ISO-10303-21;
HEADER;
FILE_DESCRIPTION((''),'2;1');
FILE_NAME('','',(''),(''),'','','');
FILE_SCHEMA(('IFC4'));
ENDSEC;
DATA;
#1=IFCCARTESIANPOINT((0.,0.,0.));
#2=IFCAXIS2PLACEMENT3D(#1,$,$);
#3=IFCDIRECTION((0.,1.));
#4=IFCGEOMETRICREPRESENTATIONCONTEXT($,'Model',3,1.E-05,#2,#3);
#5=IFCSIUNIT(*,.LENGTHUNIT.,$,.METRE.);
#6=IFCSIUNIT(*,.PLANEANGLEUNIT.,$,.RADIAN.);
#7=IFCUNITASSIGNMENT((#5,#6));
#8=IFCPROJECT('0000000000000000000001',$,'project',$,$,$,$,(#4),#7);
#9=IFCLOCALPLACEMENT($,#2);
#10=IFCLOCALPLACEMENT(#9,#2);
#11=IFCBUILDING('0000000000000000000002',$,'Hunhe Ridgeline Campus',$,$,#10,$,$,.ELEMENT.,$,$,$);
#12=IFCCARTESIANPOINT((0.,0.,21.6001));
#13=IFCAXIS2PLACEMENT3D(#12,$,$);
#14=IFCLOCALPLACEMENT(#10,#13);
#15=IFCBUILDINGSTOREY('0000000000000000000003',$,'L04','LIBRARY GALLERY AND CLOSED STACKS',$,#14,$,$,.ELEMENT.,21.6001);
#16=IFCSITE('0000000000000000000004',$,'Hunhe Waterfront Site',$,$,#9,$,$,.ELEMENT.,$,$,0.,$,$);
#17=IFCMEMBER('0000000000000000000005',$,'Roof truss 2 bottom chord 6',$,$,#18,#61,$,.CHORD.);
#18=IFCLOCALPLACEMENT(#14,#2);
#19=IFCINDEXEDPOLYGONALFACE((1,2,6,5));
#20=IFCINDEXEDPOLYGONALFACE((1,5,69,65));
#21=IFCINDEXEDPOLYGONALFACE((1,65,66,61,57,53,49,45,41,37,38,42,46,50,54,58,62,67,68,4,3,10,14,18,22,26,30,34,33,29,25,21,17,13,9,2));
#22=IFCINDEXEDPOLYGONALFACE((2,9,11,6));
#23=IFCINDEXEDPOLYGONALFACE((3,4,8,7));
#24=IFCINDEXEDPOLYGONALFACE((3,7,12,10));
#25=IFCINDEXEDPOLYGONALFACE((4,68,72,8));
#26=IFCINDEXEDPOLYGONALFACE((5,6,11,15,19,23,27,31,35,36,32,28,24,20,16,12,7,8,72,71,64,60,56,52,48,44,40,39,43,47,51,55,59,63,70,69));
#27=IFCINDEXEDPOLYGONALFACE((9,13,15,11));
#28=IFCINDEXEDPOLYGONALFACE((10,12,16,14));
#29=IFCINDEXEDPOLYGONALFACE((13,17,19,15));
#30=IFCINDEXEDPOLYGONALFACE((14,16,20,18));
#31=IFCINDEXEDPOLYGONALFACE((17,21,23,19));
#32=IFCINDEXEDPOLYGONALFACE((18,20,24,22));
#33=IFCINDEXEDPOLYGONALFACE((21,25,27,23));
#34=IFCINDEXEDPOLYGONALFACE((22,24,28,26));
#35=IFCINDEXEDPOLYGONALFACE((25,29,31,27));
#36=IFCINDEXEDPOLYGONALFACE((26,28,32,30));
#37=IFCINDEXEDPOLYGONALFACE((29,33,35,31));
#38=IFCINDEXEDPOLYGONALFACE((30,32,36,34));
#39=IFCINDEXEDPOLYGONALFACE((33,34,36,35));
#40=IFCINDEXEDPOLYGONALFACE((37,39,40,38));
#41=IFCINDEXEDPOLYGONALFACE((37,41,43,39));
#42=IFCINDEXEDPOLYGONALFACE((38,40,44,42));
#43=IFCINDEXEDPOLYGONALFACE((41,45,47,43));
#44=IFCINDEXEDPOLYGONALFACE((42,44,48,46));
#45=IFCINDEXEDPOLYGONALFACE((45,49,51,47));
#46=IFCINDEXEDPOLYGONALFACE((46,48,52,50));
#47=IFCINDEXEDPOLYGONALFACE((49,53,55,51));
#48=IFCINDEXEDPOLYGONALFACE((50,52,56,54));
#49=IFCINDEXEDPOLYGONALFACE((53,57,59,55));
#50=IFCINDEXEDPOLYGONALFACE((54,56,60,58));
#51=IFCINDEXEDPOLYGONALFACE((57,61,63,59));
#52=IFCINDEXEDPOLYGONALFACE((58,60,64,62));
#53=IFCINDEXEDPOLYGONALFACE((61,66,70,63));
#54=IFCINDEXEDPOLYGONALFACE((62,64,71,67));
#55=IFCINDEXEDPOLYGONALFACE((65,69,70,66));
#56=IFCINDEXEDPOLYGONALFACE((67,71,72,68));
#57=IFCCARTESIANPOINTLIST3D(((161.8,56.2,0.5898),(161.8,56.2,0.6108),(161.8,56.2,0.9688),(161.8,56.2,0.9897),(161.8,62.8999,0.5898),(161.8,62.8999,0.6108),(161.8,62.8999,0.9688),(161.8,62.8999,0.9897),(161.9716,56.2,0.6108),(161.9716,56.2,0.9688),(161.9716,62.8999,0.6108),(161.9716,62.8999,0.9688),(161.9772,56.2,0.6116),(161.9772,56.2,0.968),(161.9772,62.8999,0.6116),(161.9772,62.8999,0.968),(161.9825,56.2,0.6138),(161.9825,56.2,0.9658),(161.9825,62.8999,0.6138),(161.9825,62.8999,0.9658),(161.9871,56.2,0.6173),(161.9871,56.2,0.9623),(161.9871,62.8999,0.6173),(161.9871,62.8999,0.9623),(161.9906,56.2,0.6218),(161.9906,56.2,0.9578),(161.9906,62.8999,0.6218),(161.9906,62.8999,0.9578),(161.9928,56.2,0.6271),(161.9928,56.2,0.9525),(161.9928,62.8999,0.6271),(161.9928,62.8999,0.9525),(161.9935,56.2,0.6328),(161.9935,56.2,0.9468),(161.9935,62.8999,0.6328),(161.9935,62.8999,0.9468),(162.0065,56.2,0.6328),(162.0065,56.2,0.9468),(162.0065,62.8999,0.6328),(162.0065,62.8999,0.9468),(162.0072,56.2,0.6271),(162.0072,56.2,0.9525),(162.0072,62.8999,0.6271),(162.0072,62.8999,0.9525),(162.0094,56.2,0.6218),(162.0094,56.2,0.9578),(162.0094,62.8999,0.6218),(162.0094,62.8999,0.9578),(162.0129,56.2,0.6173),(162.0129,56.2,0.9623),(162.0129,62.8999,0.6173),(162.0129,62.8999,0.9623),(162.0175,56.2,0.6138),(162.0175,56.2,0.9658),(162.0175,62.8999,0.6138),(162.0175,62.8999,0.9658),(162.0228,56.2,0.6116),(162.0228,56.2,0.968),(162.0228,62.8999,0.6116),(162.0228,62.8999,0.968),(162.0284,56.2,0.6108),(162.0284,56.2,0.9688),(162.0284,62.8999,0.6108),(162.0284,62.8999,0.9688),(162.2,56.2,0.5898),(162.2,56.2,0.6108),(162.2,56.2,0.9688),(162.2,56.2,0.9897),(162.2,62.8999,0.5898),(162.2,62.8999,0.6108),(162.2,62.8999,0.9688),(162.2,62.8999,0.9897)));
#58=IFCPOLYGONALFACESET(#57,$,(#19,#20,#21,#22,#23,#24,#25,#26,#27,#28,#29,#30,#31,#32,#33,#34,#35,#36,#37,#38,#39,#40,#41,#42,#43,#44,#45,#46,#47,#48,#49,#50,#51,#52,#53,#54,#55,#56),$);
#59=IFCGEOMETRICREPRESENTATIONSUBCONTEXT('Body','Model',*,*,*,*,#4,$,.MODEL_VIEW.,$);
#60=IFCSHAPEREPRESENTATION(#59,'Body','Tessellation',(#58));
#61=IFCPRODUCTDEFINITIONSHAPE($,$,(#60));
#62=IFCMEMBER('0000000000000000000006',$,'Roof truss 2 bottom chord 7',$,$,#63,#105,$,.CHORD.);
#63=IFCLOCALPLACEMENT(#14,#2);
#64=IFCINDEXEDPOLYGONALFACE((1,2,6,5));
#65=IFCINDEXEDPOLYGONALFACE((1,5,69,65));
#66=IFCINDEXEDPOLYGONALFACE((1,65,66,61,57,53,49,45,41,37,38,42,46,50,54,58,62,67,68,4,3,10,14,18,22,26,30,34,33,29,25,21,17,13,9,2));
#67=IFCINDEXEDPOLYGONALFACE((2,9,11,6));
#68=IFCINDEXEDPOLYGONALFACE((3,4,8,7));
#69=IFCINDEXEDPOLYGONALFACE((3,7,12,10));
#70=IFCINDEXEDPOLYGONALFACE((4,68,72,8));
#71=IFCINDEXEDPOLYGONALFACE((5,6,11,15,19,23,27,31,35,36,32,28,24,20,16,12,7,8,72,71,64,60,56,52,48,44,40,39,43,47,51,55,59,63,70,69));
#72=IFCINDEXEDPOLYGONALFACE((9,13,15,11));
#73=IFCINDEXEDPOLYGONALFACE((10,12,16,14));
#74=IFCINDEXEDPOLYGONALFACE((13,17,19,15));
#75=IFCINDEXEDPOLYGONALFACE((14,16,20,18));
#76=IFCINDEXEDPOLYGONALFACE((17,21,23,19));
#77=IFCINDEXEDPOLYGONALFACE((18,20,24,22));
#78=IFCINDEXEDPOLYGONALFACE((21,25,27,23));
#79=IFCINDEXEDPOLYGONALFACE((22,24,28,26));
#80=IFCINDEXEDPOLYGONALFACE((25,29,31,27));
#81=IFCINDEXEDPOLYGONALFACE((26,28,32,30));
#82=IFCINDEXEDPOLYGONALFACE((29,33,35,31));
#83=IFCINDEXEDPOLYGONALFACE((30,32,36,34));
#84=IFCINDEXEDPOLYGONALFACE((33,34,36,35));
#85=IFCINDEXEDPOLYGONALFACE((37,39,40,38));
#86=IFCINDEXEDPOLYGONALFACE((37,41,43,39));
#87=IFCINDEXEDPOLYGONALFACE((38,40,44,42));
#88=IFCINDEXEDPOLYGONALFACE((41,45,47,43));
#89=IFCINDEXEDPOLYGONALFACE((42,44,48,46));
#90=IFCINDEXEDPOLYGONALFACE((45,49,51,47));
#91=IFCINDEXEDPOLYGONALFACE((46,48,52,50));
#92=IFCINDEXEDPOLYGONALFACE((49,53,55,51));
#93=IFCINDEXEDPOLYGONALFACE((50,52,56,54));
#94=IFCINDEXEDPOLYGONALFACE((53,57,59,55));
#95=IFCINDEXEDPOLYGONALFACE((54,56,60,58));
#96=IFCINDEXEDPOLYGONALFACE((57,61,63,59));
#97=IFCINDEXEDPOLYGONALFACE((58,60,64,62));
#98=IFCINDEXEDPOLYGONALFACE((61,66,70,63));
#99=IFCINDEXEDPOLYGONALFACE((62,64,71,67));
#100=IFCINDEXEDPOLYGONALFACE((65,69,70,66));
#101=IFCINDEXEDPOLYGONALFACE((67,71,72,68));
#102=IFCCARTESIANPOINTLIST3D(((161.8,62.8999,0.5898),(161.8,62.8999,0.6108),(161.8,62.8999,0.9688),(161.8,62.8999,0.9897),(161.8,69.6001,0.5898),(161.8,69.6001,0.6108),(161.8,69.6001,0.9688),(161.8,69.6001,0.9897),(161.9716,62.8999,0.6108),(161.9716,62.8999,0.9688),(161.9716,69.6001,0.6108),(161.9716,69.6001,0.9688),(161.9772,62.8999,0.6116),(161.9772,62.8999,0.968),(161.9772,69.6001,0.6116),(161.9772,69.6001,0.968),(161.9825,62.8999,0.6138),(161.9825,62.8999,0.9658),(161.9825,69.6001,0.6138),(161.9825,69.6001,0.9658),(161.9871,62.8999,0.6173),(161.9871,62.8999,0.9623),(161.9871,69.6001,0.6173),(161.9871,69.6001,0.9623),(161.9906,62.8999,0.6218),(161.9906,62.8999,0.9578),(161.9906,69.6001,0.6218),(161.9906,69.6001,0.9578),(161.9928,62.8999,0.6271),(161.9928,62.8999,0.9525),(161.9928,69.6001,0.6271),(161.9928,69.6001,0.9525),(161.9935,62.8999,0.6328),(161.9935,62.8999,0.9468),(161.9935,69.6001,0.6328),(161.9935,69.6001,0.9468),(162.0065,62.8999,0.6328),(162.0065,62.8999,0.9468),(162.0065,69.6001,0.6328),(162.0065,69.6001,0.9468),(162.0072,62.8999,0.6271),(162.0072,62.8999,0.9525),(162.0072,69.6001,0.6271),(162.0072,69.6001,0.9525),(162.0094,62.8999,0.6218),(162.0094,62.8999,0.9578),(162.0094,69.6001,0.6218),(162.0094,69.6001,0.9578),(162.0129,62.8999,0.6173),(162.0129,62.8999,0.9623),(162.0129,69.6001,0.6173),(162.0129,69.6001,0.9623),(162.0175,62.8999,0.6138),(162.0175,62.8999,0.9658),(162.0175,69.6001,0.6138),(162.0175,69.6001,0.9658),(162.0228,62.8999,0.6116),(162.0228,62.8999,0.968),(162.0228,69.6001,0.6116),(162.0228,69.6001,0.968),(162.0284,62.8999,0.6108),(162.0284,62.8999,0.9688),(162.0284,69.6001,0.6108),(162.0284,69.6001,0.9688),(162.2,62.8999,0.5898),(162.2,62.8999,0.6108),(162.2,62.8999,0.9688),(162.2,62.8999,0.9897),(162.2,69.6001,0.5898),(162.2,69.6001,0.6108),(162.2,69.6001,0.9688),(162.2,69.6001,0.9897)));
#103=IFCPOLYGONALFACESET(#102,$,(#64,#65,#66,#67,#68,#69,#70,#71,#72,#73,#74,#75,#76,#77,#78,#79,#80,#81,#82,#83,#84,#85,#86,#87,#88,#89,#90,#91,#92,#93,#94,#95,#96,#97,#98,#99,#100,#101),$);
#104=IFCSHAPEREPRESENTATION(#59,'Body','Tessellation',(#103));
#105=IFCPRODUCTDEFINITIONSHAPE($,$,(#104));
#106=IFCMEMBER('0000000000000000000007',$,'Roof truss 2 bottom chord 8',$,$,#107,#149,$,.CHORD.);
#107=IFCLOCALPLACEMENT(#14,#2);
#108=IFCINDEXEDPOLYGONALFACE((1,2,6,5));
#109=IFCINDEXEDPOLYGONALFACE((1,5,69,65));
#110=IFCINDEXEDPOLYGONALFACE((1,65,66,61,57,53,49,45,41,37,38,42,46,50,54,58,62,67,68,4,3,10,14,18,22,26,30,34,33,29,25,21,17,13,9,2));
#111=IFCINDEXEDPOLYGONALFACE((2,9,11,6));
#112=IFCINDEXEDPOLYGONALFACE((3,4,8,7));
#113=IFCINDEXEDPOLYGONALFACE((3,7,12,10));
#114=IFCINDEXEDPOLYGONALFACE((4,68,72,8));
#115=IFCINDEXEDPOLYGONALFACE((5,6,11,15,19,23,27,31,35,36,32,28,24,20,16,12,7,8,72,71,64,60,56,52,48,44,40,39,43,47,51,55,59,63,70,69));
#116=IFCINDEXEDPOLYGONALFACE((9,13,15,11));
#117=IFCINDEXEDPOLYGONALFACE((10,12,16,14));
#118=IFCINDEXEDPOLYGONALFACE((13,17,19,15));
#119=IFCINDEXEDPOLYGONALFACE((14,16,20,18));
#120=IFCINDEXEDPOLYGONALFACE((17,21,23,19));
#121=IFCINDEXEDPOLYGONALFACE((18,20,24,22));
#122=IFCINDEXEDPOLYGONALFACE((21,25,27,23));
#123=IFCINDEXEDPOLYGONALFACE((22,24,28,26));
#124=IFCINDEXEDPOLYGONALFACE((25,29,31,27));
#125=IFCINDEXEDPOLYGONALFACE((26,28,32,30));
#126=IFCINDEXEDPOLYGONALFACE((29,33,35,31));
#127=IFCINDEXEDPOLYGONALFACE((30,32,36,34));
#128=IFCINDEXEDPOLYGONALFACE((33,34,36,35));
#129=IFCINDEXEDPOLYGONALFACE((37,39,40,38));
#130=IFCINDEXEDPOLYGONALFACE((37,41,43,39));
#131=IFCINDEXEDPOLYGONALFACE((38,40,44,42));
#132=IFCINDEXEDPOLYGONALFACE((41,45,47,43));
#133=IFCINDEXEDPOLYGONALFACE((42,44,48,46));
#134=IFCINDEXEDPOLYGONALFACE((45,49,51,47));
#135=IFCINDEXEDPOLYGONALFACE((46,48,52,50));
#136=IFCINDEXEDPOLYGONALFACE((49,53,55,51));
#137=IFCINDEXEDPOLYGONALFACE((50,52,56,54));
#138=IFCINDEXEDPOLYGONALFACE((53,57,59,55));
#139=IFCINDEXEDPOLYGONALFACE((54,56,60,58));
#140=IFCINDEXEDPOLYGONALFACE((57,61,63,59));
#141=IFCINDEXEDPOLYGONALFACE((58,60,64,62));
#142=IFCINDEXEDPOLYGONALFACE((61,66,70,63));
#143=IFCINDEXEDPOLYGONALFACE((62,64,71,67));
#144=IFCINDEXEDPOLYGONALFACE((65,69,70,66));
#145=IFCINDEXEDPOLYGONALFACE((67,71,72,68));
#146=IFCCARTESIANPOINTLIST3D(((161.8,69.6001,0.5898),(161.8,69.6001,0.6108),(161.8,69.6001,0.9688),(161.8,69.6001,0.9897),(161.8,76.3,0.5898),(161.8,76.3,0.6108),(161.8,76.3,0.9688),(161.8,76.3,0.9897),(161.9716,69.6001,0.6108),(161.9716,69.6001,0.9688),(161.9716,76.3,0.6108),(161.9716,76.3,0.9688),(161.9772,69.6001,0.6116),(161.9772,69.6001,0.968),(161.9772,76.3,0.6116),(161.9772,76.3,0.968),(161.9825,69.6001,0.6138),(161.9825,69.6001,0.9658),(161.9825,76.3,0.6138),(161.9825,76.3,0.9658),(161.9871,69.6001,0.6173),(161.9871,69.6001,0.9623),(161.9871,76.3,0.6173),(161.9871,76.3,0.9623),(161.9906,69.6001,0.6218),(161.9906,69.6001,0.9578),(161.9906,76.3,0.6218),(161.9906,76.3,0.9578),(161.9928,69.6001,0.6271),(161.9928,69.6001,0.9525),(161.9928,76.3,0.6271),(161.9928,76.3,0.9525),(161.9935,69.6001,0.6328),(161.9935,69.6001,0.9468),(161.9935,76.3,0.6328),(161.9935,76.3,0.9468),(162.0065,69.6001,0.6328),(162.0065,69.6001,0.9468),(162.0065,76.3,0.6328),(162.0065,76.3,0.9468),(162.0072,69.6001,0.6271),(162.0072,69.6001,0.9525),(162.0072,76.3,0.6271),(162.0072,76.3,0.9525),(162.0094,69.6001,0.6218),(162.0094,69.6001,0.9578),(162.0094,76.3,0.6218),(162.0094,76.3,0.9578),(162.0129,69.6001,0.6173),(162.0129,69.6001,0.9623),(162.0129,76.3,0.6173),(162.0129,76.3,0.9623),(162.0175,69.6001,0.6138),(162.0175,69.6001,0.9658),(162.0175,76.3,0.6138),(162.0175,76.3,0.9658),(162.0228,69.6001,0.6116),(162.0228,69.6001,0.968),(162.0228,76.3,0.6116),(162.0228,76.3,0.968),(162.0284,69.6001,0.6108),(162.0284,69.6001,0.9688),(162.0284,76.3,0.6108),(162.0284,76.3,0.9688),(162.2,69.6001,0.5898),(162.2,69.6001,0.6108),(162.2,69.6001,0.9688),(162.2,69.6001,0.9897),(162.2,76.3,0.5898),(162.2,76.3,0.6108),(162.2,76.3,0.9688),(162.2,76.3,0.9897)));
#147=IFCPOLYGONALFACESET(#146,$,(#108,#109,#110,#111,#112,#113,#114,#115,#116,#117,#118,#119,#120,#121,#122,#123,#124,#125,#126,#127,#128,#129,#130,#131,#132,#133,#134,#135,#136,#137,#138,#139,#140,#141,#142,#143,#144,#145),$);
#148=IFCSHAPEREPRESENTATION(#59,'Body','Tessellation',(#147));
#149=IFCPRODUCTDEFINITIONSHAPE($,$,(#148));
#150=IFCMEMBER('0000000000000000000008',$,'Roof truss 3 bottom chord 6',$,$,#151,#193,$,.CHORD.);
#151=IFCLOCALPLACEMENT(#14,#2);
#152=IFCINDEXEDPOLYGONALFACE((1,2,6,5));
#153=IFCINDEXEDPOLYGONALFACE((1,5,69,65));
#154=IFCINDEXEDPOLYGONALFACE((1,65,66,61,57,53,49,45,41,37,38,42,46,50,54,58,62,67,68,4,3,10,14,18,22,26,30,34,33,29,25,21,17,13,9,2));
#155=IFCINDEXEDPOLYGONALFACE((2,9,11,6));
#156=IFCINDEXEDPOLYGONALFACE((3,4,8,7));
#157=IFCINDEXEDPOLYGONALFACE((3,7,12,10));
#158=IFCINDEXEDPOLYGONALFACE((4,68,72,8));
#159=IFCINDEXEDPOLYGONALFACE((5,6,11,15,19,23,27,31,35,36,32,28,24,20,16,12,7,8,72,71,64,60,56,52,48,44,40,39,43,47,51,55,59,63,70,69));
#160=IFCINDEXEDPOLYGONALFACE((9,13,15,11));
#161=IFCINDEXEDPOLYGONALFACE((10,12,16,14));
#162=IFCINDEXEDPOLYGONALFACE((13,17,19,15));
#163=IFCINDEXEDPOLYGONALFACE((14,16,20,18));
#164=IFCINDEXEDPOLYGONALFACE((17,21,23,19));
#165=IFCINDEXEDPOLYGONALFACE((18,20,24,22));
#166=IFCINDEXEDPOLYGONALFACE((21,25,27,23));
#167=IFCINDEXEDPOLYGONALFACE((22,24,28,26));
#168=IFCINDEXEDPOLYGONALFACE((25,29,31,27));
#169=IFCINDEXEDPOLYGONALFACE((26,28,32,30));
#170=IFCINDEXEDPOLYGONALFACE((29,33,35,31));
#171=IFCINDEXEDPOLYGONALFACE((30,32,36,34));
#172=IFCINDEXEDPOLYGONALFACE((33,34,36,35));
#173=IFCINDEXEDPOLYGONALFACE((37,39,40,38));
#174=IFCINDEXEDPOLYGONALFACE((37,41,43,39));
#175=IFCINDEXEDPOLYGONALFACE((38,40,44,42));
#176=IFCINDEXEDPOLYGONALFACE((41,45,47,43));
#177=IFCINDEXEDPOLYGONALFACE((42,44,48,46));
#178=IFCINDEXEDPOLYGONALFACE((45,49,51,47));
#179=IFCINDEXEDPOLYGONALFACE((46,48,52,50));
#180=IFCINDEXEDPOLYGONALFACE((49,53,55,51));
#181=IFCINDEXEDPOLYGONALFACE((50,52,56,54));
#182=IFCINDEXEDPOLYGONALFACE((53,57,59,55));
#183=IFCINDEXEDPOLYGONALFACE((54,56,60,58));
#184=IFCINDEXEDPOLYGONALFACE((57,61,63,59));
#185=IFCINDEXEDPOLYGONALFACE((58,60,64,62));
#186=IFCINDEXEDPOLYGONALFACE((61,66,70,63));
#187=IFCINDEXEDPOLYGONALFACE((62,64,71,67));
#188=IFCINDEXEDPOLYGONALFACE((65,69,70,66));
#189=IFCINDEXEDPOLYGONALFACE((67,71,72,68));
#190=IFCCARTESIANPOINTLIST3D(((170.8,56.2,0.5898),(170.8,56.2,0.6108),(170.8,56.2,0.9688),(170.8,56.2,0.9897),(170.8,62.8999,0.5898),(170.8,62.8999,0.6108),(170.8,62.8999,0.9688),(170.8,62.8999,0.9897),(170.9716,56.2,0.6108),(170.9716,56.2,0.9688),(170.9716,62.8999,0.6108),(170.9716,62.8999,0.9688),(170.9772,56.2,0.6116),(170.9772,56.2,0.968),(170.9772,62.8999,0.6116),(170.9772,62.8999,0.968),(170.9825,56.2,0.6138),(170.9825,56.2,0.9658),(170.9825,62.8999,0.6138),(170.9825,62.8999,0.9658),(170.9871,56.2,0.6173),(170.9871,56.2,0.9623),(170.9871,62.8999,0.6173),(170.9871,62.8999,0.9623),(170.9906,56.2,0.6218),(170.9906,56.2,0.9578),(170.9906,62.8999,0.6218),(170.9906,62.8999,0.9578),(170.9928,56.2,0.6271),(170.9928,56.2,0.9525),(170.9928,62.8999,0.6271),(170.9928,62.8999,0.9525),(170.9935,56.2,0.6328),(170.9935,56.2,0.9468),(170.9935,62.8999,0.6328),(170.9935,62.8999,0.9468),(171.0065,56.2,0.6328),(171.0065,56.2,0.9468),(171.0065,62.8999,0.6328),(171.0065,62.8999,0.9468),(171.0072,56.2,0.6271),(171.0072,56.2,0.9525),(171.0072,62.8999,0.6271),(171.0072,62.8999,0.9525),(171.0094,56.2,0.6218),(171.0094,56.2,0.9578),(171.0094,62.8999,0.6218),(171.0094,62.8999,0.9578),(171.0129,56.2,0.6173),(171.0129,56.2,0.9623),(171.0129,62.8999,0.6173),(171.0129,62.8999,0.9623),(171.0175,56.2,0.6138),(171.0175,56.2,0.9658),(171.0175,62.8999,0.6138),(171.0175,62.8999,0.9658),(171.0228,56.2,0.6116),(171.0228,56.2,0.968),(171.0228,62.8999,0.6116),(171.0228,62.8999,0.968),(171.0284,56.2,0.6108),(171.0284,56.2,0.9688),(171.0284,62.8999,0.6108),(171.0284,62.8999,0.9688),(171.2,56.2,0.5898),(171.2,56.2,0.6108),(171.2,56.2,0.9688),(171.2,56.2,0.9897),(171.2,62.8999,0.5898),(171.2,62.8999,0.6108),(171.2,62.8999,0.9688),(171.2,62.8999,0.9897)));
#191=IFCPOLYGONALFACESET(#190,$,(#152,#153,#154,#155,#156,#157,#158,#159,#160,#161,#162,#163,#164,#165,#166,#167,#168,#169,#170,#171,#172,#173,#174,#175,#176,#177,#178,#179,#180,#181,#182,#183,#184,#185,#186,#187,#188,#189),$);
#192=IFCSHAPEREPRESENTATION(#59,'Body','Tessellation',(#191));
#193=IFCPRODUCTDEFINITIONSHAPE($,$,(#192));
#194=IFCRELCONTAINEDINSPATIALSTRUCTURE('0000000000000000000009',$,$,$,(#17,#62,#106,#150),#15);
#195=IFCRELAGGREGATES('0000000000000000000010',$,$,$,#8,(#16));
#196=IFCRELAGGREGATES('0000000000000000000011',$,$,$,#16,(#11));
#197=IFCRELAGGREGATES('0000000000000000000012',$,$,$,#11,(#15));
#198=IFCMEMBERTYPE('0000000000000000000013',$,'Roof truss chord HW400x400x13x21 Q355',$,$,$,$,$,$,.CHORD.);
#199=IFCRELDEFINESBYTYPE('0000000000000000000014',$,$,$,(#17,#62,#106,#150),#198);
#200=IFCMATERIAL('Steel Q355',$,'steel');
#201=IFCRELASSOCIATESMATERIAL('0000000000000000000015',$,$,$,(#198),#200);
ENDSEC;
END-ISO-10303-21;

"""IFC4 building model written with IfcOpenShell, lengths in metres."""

from ifc_helpers import new_model, si_unit, direction, frame, origin, origin_2d, place, context, subcontext, project, spatial, i_section, extrude, material, material_profile, profile_set, type_object, element, save


model = new_model("IFC4")

# Units and contexts
model_context = context("Model", 3, precision=1e-05, world=origin(), true_north=direction((0.0, 1.0)))
body_context = subcontext(model_context, "Body", "Model", "MODEL_VIEW")
ifc_project = project(units=[si_unit("LENGTHUNIT", "METRE"), si_unit("PLANEANGLEUNIT", "RADIAN")], contexts=[model_context])

# Site, building, storey
site_placement = place(None, origin())
site = spatial("IfcSite", under=ifc_project, at=site_placement, Name="Hunhe Waterfront Site", CompositionType="ELEMENT", RefElevation=0.0)
building_placement = place(site_placement, origin())
building = spatial("IfcBuilding", under=site, at=building_placement, Name="Hunhe Ridgeline Campus", CompositionType="ELEMENT")
storey_placement = place(building_placement, frame((0.0, 0.0, 21.6001)))
storey = spatial("IfcBuildingStorey", under=building, at=storey_placement, Name="L04", Description="LIBRARY GALLERY AND CLOSED STACKS", CompositionType="ELEMENT", Elevation=21.6001)

# Members
ifc_material_1 = material(Name="Steel Q355", Category="steel")
ifc_material_profile_1 = material_profile(ifc_material_1, i_section(OverallWidth=0.3999, OverallDepth=0.3999, WebThickness=0.0129, FlangeThickness=0.021, FilletRadius=0.022, at=origin_2d()))
ifc_profile_set_1 = profile_set([ifc_material_profile_1], Name="Steel Q355")
member_type_1 = type_object("IfcMemberType", Name="Roof truss chord HW400x400x13x21 Q355", PredefinedType="CHORD", material=ifc_profile_set_1)
member_1_placement = place(storey_placement, frame((162.0, 56.2, 0.7898), z_axis=(0.0, 1.0, 0.0), x_axis=(-1.0, 0.0, 0.0)))
element("IfcMember", 1, at=member_1_placement, inside=storey, type_object=member_type_1, Name="Roof truss 2 bottom chord 6", PredefinedType="CHORD", context=body_context, shape_type="SweptSolid", body=[
    extrude(i_section(OverallWidth=0.3999, OverallDepth=0.3999, WebThickness=0.0129, FlangeThickness=0.021, FilletRadius=0.022, at=origin_2d()), origin(), (0.0, 0.0, 1.0), 6.7),
])
member_2_placement = place(storey_placement, frame((162.0, 62.8999, 0.7898), z_axis=(0.0, 1.0, 0.0), x_axis=(-1.0, 0.0, 0.0)))
element("IfcMember", 2, at=member_2_placement, inside=storey, type_object=member_type_1, Name="Roof truss 2 bottom chord 7", PredefinedType="CHORD", context=body_context, shape_type="SweptSolid", body=[
    extrude(i_section(OverallWidth=0.3999, OverallDepth=0.3999, WebThickness=0.0129, FlangeThickness=0.021, FilletRadius=0.022, at=origin_2d()), origin(), (0.0, 0.0, 1.0), 6.7002),
])
for number, where, z_axis, x_axis, name in (
    (3, (162.0, 69.6001, 0.7898), (0.0, 1.0, 0.0), (-1.0, 0.0, 0.0), "Roof truss 2 bottom chord 8"),
    (4, (171.0, 56.2, 0.7898), (0.0, 1.0, 0.0), (-1.0, 0.0, 0.0), "Roof truss 3 bottom chord 6"),
):
    element("IfcMember", number, at=place(storey_placement, frame(where, z_axis=z_axis, x_axis=x_axis)), inside=storey, type_object=member_type_1, Name=name, PredefinedType="CHORD", context=body_context, shape_type="SweptSolid", body=[
        extrude(i_section(OverallWidth=0.3999, OverallDepth=0.3999, WebThickness=0.0129, FlangeThickness=0.021, FilletRadius=0.022, at=origin_2d()), origin(), (0.0, 0.0, 1.0), 6.7),
    ])

save(model, "model.ifc")
